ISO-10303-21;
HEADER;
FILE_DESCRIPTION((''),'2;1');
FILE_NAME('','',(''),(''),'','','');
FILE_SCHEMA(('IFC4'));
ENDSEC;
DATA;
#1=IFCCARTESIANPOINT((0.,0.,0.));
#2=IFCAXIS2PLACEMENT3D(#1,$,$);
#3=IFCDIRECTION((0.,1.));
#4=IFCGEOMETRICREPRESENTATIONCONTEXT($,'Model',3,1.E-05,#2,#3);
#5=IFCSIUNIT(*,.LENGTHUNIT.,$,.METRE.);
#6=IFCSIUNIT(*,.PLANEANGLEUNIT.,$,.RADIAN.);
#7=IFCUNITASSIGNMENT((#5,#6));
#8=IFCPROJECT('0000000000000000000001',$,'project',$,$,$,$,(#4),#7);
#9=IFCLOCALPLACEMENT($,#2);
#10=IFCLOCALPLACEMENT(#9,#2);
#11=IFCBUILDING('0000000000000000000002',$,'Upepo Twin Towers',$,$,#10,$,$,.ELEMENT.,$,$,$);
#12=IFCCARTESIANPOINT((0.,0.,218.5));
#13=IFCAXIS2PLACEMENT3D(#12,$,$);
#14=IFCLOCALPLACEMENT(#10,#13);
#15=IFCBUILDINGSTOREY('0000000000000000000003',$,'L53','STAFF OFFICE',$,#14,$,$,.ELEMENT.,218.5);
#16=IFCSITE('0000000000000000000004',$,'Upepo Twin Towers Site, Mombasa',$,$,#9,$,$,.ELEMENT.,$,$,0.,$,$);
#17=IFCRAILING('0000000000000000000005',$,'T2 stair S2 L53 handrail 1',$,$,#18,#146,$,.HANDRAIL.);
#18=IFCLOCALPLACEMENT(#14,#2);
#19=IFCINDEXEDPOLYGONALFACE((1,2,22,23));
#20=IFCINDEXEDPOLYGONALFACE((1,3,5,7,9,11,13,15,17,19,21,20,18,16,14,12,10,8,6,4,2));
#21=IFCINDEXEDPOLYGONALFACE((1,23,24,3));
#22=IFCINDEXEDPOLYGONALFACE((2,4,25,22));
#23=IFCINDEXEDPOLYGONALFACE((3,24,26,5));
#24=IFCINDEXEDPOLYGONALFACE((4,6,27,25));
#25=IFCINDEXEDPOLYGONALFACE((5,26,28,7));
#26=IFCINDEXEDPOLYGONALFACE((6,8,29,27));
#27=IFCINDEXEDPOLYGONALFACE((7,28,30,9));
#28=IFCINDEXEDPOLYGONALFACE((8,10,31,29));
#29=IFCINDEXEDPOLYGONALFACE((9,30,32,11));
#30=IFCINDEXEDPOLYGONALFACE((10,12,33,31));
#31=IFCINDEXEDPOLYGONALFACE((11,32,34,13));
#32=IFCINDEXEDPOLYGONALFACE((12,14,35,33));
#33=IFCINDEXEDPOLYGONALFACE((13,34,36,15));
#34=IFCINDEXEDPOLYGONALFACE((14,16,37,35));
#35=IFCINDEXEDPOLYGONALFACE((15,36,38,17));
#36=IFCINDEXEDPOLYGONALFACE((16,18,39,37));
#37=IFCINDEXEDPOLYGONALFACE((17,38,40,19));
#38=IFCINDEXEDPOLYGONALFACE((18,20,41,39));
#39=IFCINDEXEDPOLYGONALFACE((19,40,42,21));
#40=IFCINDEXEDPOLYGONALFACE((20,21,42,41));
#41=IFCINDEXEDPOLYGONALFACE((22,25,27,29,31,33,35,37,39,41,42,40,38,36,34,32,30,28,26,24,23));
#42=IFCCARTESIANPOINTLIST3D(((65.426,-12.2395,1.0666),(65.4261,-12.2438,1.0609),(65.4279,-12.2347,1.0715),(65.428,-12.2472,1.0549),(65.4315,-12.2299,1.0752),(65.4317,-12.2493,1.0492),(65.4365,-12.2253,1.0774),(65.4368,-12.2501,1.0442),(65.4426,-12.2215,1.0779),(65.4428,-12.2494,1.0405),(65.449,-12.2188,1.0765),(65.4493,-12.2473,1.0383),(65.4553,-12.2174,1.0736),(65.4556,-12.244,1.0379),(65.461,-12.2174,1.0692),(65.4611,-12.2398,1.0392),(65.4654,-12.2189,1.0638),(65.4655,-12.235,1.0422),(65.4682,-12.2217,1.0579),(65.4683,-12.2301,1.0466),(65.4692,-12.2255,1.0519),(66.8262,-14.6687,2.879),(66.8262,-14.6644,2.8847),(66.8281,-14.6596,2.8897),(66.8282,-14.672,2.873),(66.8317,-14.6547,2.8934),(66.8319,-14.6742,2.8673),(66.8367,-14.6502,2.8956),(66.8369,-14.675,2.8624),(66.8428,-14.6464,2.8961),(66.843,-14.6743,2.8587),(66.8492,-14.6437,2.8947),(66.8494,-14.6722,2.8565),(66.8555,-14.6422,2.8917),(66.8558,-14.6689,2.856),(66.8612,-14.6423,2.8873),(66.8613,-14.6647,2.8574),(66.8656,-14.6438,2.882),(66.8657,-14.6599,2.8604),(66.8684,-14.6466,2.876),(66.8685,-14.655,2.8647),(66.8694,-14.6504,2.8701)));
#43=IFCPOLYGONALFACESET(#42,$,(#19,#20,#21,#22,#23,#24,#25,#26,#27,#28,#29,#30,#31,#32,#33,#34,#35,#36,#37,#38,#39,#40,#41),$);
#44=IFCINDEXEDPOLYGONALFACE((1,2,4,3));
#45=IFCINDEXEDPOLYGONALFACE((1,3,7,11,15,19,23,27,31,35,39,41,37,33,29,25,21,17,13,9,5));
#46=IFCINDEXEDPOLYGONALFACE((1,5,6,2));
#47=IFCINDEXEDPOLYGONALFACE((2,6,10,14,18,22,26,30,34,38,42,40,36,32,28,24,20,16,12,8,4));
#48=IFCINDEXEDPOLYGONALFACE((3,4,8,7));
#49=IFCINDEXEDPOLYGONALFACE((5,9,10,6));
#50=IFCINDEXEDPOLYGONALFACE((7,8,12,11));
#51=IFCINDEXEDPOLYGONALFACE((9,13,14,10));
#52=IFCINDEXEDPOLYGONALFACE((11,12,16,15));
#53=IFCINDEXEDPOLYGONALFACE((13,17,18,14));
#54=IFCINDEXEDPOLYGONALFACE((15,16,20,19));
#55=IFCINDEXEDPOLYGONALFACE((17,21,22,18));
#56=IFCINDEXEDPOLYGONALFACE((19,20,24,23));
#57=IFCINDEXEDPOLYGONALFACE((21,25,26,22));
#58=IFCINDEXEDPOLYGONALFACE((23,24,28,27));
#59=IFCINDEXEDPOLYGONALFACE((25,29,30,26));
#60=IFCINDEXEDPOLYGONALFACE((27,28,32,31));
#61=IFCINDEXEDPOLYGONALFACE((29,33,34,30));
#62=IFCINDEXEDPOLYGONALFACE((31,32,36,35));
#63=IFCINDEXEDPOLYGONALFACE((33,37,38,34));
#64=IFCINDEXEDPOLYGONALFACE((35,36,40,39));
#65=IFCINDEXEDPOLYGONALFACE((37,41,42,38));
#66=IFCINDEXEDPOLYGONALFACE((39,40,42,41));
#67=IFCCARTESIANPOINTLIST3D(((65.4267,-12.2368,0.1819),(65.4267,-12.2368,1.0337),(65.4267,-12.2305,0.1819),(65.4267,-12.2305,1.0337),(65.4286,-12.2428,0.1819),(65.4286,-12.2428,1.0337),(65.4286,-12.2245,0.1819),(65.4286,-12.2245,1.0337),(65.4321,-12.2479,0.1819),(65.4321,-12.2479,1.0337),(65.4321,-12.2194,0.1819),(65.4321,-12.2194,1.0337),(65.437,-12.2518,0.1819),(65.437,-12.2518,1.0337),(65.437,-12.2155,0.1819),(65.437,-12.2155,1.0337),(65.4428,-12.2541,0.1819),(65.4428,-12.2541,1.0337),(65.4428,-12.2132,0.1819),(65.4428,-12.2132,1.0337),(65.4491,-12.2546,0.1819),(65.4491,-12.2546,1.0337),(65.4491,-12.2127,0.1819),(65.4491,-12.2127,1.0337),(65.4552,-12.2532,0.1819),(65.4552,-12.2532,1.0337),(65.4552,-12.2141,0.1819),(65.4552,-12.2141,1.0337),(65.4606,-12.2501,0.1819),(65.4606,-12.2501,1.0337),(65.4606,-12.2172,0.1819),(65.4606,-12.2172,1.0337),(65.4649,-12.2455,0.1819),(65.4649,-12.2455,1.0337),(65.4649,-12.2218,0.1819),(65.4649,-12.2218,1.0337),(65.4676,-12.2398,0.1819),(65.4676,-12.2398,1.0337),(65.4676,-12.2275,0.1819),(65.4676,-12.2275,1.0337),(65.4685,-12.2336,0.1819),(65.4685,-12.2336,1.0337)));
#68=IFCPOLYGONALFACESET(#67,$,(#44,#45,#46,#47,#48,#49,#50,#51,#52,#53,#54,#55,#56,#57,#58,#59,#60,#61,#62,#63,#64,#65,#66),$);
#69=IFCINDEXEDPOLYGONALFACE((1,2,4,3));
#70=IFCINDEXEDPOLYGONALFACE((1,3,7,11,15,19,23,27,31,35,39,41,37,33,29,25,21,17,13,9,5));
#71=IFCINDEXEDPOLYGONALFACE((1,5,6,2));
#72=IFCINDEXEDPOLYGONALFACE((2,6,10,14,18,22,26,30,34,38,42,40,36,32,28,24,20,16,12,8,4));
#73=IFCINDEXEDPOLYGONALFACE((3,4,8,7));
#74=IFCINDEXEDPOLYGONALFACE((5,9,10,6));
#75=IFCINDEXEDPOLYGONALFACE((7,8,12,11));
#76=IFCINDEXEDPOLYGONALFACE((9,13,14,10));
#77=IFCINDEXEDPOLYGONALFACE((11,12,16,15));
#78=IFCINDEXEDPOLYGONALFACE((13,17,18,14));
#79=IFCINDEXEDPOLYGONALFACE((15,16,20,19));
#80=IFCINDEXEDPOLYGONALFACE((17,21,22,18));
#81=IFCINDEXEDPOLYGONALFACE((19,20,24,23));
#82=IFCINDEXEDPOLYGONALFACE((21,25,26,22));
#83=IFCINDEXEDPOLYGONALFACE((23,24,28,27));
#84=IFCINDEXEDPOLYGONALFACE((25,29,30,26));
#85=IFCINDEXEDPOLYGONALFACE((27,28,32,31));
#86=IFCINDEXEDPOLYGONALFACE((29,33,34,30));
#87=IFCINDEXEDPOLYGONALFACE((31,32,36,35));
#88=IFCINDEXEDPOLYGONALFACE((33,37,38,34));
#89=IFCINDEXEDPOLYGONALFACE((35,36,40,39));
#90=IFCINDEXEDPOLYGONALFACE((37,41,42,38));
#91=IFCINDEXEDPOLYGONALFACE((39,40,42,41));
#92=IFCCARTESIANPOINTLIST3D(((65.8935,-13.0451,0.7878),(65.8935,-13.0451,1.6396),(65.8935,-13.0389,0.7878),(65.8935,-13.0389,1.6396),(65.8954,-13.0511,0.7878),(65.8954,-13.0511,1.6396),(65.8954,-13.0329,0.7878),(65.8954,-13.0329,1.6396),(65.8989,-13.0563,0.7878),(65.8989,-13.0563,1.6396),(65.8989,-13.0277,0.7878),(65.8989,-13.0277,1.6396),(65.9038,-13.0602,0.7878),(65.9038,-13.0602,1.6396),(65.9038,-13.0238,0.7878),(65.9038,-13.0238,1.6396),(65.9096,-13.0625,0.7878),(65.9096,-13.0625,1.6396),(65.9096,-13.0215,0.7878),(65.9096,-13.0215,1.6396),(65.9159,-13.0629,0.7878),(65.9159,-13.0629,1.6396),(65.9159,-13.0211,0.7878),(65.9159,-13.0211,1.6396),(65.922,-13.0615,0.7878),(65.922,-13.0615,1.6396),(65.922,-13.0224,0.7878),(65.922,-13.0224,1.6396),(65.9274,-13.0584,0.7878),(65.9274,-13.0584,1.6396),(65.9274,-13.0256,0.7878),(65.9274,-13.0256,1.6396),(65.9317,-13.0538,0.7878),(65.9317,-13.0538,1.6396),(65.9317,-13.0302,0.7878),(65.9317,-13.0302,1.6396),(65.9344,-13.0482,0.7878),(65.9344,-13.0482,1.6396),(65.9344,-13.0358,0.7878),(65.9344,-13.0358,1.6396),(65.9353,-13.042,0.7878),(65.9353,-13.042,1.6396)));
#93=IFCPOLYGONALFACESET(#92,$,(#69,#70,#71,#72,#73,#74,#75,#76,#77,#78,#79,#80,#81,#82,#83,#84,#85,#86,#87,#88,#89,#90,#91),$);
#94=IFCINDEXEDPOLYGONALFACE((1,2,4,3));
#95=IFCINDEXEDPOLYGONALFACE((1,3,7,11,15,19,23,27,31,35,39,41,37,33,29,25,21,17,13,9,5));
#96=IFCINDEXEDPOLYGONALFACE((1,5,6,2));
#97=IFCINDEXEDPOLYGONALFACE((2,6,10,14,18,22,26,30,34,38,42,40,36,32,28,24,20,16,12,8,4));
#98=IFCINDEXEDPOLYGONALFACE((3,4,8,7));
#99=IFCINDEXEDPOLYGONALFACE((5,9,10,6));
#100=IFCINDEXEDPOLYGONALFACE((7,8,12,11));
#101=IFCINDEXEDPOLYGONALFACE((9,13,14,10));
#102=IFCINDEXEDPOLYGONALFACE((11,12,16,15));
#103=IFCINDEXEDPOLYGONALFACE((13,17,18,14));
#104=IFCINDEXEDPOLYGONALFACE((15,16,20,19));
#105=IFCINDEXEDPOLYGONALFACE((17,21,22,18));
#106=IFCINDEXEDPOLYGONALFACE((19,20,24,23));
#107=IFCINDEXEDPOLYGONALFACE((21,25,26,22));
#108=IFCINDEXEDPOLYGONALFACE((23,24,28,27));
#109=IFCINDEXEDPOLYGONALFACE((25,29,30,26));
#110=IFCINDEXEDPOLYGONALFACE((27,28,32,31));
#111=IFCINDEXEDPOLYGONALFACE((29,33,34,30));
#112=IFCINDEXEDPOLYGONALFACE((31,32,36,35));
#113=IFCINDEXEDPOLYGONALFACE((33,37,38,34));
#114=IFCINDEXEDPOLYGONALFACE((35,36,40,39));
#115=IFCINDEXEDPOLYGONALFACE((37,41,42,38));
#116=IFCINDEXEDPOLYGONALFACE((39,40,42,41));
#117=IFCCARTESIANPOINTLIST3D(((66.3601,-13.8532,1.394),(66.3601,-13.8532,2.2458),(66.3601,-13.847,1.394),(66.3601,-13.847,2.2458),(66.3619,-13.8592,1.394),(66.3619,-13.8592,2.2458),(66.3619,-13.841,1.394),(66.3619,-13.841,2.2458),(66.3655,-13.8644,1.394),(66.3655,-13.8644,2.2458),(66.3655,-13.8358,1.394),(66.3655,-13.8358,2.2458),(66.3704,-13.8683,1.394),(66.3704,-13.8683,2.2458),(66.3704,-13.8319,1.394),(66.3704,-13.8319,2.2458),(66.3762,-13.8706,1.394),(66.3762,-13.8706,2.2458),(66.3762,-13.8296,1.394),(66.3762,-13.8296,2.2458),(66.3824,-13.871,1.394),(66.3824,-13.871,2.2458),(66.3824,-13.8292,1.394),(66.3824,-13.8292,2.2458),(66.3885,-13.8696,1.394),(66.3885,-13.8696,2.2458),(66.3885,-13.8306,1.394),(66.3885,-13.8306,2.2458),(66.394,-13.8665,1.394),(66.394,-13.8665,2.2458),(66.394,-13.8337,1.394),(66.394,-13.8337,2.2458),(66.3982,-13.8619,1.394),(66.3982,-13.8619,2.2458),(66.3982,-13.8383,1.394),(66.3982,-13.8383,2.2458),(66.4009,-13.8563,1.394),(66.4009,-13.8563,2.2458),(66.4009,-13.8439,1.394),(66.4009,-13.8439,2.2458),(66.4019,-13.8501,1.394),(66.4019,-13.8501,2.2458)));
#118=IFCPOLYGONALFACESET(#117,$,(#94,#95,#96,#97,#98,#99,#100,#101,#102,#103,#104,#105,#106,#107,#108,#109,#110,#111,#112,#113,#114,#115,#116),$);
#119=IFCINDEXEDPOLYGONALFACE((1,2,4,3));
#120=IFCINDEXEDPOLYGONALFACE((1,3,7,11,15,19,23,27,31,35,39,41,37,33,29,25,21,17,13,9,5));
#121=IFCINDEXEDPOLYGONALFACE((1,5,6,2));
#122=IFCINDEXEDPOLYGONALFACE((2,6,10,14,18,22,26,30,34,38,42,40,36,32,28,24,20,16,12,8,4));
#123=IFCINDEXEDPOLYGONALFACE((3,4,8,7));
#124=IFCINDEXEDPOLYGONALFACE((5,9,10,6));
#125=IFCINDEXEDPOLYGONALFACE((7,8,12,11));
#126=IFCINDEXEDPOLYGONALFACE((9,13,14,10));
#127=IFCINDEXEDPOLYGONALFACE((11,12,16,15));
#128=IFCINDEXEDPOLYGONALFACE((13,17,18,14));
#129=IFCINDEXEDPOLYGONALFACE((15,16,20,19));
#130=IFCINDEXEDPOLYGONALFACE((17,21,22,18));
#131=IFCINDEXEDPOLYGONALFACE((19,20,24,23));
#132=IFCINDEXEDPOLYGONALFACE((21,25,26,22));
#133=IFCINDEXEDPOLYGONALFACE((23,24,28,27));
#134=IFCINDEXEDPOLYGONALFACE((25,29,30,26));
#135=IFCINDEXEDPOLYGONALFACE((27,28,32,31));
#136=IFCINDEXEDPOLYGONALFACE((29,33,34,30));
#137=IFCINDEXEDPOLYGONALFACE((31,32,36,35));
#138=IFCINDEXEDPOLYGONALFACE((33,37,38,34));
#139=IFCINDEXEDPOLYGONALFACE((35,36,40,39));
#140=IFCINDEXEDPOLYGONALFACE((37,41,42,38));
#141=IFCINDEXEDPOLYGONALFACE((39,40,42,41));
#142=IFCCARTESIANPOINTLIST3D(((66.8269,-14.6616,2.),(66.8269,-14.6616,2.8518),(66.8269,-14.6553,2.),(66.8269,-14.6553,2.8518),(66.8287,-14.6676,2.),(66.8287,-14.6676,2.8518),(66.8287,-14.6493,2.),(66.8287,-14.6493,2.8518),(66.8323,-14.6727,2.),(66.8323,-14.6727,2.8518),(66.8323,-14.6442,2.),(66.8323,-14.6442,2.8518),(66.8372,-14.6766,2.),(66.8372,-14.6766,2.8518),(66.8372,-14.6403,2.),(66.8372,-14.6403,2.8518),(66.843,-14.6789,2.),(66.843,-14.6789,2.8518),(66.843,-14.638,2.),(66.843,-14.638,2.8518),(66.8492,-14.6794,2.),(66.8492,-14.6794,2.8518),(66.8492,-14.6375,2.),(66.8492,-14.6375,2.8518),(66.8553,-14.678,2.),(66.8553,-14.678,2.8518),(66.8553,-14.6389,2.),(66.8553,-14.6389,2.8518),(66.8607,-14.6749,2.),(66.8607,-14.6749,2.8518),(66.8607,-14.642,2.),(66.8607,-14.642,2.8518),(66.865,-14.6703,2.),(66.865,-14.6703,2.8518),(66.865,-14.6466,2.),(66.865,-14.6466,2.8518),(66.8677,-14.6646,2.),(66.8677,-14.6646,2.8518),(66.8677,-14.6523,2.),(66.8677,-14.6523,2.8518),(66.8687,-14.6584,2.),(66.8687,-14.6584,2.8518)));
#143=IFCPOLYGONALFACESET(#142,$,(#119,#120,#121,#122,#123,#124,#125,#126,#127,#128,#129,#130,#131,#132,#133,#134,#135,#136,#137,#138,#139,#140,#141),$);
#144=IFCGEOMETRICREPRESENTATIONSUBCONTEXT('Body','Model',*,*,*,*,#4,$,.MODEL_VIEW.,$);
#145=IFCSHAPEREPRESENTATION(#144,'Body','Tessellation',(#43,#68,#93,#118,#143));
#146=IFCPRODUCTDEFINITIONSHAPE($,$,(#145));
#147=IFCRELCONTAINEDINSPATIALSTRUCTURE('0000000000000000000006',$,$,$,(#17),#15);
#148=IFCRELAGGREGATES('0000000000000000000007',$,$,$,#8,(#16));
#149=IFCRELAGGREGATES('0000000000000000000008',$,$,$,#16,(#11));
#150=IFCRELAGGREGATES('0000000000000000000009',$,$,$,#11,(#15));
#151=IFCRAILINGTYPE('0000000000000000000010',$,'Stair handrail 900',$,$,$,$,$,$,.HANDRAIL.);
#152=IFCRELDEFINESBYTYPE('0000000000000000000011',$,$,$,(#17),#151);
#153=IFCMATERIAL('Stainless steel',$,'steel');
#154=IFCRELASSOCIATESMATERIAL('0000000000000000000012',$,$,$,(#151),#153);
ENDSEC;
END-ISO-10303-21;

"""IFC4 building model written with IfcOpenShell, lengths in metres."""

from ifc_helpers import new_model, si_unit, direction, frame, origin, origin_2d, place, context, subcontext, project, spatial, circle, extrude, material, type_object, element, save


model = new_model("IFC4")

# Units and contexts
model_context = context("Model", 3, precision=1e-05, world=origin(), true_north=direction((0.0, 1.0)))
body_context = subcontext(model_context, "Body", "Model", "MODEL_VIEW")
ifc_project = project(units=[si_unit("LENGTHUNIT", "METRE"), si_unit("PLANEANGLEUNIT", "RADIAN")], contexts=[model_context])

# Site, building, storey
site_placement = place(None, origin())
site = spatial("IfcSite", under=ifc_project, at=site_placement, Name="Upepo Twin Towers Site, Mombasa", CompositionType="ELEMENT", RefElevation=0.0)
building_placement = place(site_placement, origin())
building = spatial("IfcBuilding", under=site, at=building_placement, Name="Upepo Twin Towers", CompositionType="ELEMENT")
storey_placement = place(building_placement, frame((0.0, 0.0, 218.5)))
storey = spatial("IfcBuildingStorey", under=building, at=storey_placement, Name="L53", Description="STAFF OFFICE", CompositionType="ELEMENT", Elevation=218.5)

# Railing
ifc_material_1 = material(Name="Stainless steel", Category="steel")
railing_type = type_object("IfcRailingType", Name="Stair handrail 900", PredefinedType="HANDRAIL", material=ifc_material_1)
railing_1_placement = place(storey_placement, frame((65.4475, -12.2336, 0.1819)))
element("IfcRailing", 1, at=railing_1_placement, inside=storey, type_object=railing_type, Name="T2 stair S2 L53 handrail 1", PredefinedType="HANDRAIL", context=body_context, shape_type="SweptSolid", body=[
    extrude(circle(Radius=0.0239, at=origin_2d()), frame((0.0, 0.0, 0.876), z_axis=(0.419393, -0.726314, 0.544589), x_axis=(0.865997, 0.50005, 0.0)), (0.0, 0.0, 1.0), 3.3386),
    extrude(circle(Radius=0.021, at=origin_2d()), origin(), (0.0, 0.0, 1.0), 0.8518),
    extrude(circle(Radius=0.021, at=origin_2d()), frame((0.4668, -0.8083, 0.606)), (0.0, 0.0, 1.0), 0.8518),
    extrude(circle(Radius=0.021, at=origin_2d()), frame((0.9333, -1.6165, 1.2122)), (0.0, 0.0, 1.0), 0.8518),
    extrude(circle(Radius=0.021, at=origin_2d()), frame((1.4001, -2.4248, 1.8181)), (0.0, 0.0, 1.0), 0.8518),
])

save(model, "model.ifc")
